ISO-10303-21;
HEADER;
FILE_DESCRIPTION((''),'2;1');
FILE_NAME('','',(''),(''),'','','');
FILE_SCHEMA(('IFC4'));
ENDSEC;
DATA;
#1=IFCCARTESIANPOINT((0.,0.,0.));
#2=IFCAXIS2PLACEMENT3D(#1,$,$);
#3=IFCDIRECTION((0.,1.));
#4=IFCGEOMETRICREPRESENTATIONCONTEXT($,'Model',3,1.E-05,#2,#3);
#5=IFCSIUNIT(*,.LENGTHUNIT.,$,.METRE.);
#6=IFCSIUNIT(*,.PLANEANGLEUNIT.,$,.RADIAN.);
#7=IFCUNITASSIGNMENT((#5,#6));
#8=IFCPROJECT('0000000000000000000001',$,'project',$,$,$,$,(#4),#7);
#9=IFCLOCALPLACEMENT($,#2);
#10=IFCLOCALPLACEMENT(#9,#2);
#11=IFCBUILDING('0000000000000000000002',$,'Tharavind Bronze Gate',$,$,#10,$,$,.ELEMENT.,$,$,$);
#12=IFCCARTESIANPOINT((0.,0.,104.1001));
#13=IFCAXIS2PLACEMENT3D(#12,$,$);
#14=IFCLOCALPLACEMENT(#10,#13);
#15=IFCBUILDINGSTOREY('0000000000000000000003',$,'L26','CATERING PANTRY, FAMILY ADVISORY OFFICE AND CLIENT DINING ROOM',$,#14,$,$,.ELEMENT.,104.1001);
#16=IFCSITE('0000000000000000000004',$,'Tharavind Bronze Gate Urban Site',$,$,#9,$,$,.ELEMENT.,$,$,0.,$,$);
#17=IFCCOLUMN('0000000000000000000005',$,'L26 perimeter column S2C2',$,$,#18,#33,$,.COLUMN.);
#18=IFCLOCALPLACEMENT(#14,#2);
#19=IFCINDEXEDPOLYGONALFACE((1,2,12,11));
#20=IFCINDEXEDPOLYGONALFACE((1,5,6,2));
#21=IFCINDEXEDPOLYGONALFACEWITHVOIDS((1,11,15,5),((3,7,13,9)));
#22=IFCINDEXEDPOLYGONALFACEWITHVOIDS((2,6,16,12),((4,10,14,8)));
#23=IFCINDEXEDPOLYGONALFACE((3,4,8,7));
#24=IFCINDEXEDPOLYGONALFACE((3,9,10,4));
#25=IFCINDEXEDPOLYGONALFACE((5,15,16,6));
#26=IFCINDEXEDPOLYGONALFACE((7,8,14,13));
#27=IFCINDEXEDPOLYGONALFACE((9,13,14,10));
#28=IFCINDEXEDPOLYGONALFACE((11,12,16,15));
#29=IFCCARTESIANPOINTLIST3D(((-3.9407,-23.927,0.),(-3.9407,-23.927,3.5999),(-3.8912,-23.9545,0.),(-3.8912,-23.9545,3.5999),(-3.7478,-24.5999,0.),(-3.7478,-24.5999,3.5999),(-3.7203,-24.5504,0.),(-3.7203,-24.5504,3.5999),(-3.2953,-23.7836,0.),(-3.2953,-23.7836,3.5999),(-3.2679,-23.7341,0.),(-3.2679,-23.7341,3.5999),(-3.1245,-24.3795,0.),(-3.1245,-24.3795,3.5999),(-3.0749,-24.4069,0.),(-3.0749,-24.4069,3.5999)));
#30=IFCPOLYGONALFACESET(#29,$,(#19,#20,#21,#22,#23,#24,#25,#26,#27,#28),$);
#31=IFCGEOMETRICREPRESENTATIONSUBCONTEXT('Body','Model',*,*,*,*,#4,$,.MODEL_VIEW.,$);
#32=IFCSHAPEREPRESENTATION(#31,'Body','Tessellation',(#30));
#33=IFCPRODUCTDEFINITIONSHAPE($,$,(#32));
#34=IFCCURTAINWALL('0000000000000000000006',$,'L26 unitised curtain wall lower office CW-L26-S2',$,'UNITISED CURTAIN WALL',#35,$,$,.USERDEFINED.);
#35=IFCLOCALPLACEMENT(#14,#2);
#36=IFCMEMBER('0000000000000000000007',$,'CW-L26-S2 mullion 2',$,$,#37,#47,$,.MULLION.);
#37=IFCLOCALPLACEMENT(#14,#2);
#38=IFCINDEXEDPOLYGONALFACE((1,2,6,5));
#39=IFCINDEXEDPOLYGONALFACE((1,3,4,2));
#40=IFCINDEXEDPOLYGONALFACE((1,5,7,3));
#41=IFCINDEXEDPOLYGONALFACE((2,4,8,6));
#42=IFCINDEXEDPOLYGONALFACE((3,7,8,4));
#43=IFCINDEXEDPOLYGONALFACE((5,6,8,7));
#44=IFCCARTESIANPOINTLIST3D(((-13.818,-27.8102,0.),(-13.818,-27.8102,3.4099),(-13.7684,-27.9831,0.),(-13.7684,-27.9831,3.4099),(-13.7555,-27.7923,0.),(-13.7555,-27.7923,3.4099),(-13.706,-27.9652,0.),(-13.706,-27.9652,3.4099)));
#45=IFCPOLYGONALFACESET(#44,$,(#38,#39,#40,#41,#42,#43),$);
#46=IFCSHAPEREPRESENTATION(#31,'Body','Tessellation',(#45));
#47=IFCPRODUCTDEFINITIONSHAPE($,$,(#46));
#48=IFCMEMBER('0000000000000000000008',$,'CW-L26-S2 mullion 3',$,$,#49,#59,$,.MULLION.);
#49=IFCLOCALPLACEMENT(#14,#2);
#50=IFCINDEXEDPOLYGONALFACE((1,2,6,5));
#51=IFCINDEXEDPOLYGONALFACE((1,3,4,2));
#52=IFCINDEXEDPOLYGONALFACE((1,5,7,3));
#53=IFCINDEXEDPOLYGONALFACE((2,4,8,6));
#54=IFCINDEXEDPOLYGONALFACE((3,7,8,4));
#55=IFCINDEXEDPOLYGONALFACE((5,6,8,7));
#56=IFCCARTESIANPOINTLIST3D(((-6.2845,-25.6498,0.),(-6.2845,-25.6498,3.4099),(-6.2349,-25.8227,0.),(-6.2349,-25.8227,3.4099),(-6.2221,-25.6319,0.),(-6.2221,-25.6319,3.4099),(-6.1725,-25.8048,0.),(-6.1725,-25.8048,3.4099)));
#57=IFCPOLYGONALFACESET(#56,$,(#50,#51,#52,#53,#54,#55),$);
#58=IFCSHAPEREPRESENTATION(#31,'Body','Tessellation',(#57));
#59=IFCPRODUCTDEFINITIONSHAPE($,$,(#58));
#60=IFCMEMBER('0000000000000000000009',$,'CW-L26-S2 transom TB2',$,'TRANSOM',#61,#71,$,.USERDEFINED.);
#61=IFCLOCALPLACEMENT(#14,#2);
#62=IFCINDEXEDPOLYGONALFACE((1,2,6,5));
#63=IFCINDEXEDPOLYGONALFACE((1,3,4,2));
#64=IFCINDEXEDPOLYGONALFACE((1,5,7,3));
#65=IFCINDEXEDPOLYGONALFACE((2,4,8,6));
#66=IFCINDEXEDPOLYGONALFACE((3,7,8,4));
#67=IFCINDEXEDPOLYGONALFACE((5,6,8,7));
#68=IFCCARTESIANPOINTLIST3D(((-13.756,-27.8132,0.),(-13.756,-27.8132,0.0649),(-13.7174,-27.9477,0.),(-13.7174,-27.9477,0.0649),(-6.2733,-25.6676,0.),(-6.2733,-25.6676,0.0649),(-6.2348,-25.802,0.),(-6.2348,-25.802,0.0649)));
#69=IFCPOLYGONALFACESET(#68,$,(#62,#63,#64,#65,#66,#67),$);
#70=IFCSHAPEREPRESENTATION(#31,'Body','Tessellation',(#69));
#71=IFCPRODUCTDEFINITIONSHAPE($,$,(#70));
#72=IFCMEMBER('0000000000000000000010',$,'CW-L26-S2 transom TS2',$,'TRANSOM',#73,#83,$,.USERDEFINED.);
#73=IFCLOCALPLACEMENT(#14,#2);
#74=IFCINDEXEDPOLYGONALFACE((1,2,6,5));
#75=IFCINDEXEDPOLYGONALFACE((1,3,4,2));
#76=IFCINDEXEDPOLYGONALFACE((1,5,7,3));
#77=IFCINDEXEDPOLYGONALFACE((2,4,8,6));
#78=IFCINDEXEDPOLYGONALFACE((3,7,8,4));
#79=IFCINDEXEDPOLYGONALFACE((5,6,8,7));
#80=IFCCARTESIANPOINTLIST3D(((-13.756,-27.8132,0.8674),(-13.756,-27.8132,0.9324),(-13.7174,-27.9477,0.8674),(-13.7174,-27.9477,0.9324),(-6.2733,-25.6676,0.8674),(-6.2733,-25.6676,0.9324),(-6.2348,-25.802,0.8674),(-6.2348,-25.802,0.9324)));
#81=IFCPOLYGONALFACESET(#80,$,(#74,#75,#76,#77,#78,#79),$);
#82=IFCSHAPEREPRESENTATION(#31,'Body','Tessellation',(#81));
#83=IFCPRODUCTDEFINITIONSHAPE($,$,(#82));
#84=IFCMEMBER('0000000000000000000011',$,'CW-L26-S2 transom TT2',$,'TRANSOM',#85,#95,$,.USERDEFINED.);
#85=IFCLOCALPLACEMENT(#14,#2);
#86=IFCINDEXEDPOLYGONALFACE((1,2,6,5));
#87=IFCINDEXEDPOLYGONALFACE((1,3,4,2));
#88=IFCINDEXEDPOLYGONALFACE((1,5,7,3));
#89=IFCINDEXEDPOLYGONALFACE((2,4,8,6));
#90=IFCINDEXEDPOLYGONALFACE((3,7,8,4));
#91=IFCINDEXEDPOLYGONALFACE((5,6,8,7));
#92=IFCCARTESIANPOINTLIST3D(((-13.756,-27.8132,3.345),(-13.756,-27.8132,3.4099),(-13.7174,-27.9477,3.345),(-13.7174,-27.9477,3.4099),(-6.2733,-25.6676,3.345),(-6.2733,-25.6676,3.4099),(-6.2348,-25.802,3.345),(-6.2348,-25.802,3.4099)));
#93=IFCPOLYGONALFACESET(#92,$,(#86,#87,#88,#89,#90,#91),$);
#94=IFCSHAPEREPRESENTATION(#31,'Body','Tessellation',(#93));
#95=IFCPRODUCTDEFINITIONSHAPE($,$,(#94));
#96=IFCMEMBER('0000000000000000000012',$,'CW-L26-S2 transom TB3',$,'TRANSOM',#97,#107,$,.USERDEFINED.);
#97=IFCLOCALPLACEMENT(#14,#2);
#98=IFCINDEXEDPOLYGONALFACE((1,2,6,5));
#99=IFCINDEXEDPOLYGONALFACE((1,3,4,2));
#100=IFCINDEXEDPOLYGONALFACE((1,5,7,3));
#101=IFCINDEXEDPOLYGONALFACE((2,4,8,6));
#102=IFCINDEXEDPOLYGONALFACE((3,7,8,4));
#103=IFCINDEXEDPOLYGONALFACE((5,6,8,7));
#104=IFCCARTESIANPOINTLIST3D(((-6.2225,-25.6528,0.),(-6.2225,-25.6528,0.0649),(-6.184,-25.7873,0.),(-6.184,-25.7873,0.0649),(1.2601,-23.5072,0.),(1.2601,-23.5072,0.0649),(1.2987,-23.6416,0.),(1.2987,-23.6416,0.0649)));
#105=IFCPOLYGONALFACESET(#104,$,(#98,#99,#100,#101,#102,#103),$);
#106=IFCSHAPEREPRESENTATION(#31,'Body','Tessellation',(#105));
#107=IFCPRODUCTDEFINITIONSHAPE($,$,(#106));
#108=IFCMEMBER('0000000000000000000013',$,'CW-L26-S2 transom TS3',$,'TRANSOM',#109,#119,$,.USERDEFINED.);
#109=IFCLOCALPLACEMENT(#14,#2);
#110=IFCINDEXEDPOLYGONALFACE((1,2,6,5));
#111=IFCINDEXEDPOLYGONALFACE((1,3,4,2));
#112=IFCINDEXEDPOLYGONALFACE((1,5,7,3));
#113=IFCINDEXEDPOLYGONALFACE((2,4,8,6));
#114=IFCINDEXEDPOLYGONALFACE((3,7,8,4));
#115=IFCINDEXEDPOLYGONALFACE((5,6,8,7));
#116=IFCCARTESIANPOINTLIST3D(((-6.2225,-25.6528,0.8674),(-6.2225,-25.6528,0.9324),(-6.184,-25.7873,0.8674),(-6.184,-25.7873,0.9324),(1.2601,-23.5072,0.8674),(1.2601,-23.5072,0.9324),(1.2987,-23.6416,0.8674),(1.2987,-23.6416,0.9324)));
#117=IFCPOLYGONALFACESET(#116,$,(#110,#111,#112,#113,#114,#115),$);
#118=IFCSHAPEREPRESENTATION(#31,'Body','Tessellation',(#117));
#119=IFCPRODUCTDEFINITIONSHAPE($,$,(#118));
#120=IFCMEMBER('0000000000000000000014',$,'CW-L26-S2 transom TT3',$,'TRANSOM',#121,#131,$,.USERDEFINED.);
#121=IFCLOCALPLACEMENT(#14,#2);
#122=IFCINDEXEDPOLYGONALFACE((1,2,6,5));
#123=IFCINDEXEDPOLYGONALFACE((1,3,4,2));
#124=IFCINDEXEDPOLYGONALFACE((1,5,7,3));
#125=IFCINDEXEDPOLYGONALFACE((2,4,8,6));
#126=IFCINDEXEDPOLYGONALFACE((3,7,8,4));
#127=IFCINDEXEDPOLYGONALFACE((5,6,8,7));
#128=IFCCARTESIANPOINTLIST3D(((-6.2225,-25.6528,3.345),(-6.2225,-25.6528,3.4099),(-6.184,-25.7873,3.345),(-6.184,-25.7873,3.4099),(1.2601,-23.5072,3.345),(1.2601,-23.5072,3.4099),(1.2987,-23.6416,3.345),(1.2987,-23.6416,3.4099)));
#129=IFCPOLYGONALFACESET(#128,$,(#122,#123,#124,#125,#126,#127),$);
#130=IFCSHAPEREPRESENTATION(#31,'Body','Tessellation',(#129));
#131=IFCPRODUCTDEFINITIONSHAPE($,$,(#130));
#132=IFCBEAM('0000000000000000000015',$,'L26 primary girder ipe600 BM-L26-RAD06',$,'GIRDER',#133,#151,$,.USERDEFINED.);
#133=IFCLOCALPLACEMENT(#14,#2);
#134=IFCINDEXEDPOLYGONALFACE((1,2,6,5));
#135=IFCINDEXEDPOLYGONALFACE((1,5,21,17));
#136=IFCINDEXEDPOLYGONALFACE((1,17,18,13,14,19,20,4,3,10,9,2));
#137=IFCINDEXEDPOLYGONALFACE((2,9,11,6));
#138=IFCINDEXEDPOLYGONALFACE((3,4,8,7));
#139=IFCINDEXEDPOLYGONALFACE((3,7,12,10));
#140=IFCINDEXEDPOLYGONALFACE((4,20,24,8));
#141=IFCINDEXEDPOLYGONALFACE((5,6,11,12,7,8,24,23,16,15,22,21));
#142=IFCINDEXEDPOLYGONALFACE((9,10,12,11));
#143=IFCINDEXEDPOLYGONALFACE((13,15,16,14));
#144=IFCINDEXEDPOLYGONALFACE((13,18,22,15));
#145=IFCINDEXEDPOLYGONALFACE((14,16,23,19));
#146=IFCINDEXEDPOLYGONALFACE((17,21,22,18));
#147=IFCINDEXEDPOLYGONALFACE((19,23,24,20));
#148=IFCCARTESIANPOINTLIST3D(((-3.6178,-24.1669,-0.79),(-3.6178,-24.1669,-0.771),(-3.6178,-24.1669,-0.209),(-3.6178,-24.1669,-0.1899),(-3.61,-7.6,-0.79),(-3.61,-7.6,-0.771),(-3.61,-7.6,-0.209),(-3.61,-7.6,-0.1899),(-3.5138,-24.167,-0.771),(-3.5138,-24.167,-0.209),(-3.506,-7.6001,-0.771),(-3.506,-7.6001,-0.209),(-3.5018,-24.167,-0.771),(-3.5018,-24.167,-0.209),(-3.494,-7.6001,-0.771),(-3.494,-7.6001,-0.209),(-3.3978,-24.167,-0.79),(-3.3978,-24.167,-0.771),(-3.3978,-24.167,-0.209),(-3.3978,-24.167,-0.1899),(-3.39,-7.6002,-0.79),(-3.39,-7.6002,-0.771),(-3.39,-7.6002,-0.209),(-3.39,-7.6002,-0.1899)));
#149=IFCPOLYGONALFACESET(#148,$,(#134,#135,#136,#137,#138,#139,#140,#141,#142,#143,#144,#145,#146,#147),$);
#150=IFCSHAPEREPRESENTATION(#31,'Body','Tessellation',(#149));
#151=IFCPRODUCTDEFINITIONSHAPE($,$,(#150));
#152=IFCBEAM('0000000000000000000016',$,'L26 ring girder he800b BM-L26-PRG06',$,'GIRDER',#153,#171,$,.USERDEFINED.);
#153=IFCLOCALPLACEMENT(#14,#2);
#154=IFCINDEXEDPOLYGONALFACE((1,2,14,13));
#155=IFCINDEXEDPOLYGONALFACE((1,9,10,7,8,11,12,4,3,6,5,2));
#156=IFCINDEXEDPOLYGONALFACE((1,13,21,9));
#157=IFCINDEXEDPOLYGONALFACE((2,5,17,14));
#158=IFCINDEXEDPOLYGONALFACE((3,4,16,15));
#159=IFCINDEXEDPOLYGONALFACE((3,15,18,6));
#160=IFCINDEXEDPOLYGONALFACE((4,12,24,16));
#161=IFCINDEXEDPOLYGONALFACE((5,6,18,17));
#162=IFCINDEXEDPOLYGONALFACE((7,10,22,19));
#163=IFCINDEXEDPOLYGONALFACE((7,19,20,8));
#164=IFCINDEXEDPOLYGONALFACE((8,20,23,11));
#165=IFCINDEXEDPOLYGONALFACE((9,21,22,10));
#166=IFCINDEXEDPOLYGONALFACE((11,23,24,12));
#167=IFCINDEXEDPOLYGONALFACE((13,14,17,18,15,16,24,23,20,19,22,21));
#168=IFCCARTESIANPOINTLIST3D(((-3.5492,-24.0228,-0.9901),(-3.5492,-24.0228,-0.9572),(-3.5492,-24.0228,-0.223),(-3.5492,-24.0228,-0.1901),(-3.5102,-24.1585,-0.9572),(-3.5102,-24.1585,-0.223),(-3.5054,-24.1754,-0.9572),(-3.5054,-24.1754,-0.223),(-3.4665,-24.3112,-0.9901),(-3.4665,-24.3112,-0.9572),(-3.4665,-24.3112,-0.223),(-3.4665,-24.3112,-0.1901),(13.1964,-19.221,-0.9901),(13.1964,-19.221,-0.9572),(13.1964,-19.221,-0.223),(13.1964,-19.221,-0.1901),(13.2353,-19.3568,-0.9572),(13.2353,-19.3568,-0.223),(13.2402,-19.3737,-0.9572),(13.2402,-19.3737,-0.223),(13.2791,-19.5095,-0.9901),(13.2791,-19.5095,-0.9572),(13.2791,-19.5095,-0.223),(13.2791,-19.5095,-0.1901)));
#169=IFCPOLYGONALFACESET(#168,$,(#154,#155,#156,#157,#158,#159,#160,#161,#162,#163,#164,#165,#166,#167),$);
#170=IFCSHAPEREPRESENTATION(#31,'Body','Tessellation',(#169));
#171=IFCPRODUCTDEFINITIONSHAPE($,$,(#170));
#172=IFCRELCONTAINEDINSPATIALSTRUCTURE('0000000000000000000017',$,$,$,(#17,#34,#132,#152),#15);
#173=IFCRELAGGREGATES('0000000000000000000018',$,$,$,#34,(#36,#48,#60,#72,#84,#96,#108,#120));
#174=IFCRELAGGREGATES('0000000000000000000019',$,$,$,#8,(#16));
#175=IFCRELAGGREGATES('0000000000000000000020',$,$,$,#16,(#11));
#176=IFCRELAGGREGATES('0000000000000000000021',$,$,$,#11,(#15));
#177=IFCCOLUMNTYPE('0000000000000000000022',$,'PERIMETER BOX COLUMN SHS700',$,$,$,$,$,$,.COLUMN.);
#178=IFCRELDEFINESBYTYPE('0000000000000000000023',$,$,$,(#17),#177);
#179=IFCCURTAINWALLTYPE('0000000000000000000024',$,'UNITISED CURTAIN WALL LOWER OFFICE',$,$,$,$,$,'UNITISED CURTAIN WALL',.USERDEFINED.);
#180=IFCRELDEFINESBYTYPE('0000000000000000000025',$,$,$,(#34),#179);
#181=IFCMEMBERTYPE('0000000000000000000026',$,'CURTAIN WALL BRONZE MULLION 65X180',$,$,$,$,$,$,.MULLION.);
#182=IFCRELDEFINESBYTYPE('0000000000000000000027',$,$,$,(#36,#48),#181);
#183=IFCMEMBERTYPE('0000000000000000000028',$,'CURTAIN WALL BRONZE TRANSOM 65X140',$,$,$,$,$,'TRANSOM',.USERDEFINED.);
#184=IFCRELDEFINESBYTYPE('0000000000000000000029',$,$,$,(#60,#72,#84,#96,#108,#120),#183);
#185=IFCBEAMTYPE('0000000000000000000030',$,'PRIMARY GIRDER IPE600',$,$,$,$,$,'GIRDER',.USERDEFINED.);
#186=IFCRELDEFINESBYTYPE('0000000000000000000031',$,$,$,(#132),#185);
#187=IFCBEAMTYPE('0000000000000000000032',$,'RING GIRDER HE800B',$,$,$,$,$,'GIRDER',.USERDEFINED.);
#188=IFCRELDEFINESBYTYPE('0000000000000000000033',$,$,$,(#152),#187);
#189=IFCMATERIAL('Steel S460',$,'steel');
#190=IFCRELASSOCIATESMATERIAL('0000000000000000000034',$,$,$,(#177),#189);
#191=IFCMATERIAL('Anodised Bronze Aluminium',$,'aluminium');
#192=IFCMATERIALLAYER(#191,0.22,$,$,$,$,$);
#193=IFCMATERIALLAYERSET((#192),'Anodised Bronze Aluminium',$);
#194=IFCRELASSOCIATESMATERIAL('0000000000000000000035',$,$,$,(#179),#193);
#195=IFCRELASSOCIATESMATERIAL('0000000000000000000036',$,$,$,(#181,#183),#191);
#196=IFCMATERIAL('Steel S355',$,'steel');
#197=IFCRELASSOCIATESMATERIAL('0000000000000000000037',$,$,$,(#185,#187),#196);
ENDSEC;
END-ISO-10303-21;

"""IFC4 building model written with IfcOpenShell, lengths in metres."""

from ifc_helpers import new_model, si_unit, direction, frame, origin, origin_2d, place, context, subcontext, project, spatial, rectangle, hollow_rectangle, i_section, extrude, material, layer, layer_set, material_profile, profile_set, type_object, element, aggregate, save


model = new_model("IFC4")

# Units and contexts
model_context = context("Model", 3, precision=1e-05, world=origin(), true_north=direction((0.0, 1.0)))
body_context = subcontext(model_context, "Body", "Model", "MODEL_VIEW")
ifc_project = project(units=[si_unit("LENGTHUNIT", "METRE"), si_unit("PLANEANGLEUNIT", "RADIAN")], contexts=[model_context])

# Site, building, storey
site_placement = place(None, origin())
site = spatial("IfcSite", under=ifc_project, at=site_placement, Name="Tharavind Bronze Gate Urban Site", CompositionType="ELEMENT", RefElevation=0.0)
building_placement = place(site_placement, origin())
building = spatial("IfcBuilding", under=site, at=building_placement, Name="Tharavind Bronze Gate", CompositionType="ELEMENT")
storey_placement = place(building_placement, frame((0.0, 0.0, 104.1001)))
storey = spatial("IfcBuildingStorey", under=building, at=storey_placement, Name="L26", Description="CATERING PANTRY, FAMILY ADVISORY OFFICE AND CLIENT DINING ROOM", CompositionType="ELEMENT", Elevation=104.1001)

# Column
ifc_material_1 = material(Name="Steel S460", Category="steel")
ifc_material_profile_1 = material_profile(ifc_material_1, hollow_rectangle(XDim=0.7, YDim=0.7, WallThickness=0.04, at=origin_2d()), Name="SHS700X40")
ifc_profile_set_1 = profile_set([ifc_material_profile_1], Name="Steel S460")
column_type = type_object("IfcColumnType", Name="PERIMETER BOX COLUMN SHS700", PredefinedType="COLUMN", material=ifc_profile_set_1)
column_placement = place(storey_placement, frame((-3.5078, -24.167, 0.0), z_axis=(0.0, 0.0, 1.0), x_axis=(0.961262, 0.275637, 0.0)))
element("IfcColumn", 1, at=column_placement, inside=storey, type_object=column_type, Name="L26 perimeter column S2C2", PredefinedType="COLUMN", context=body_context, shape_type="SweptSolid", body=[
    extrude(hollow_rectangle(XDim=0.7, YDim=0.7, WallThickness=0.04, at=origin_2d()), origin(), (0.0, 0.0, 1.0), 3.5999),
])

# Curtain wall, members
ifc_material_2 = material(Name="Anodised Bronze Aluminium", Category="aluminium")
ifc_layer_1 = layer(ifc_material_2, 0.22)
ifc_layer_set_1 = layer_set([ifc_layer_1], Name="Anodised Bronze Aluminium")
curtain_wall_type = type_object("IfcCurtainWallType", Name="UNITISED CURTAIN WALL LOWER OFFICE", ElementType="UNITISED CURTAIN WALL", PredefinedType="USERDEFINED", material=ifc_layer_set_1)
curtain_wall_placement = place(storey_placement, origin())
curtain_wall = element("IfcCurtainWall", 2, at=curtain_wall_placement, inside=storey, type_object=curtain_wall_type, Name="L26 unitised curtain wall lower office CW-L26-S2", ObjectType="UNITISED CURTAIN WALL", PredefinedType="USERDEFINED")
member_type_1 = type_object("IfcMemberType", Name="CURTAIN WALL BRONZE MULLION 65X180", PredefinedType="MULLION", material=ifc_material_2)
member_1_placement = place(storey_placement, frame((-13.762, -27.8877, 0.0), z_axis=(0.0, 0.0, 1.0), x_axis=(0.961262, 0.275637, 0.0)))
member_1 = element("IfcMember", 3, at=member_1_placement, type_object=member_type_1, Name="CW-L26-S2 mullion 2", PredefinedType="MULLION", context=body_context, shape_type="SweptSolid", body=[
    extrude(rectangle(XDim=0.0649, YDim=0.1799, at=origin_2d()), origin(), (0.0, 0.0, 1.0), 3.4099),
])
member_2_placement = place(storey_placement, frame((-6.2285, -25.7273, 0.0), z_axis=(0.0, 0.0, 1.0), x_axis=(0.961262, 0.275637, 0.0)))
member_2 = element("IfcMember", 4, at=member_2_placement, type_object=member_type_1, Name="CW-L26-S2 mullion 3", PredefinedType="MULLION", context=body_context, shape_type="SweptSolid", body=[
    extrude(rectangle(XDim=0.0649, YDim=0.1799, at=origin_2d()), origin(), (0.0, 0.0, 1.0), 3.4099),
])
member_type_2 = type_object("IfcMemberType", Name="CURTAIN WALL BRONZE TRANSOM 65X140", ElementType="TRANSOM", PredefinedType="USERDEFINED", material=ifc_material_2)
member_3_placement = place(storey_placement, frame((-9.9954, -26.8076, 0.0), z_axis=(0.0, 0.0, 1.0), x_axis=(0.961262, 0.275637, 0.0)))
member_3 = element("IfcMember", 5, at=member_3_placement, type_object=member_type_2, Name="CW-L26-S2 transom TB2", ObjectType="TRANSOM", PredefinedType="USERDEFINED", context=body_context, shape_type="SweptSolid", body=[
    extrude(rectangle(XDim=7.7842, YDim=0.1399, at=origin_2d()), origin(), (0.0, 0.0, 1.0), 0.0649),
])
member_4_placement = place(storey_placement, frame((-9.9954, -26.8076, 0.8674), z_axis=(0.0, 0.0, 1.0), x_axis=(0.961262, 0.275637, 0.0)))
member_4 = element("IfcMember", 6, at=member_4_placement, type_object=member_type_2, Name="CW-L26-S2 transom TS2", ObjectType="TRANSOM", PredefinedType="USERDEFINED", context=body_context, shape_type="SweptSolid", body=[
    extrude(rectangle(XDim=7.7842, YDim=0.1399, at=origin_2d()), origin(), (0.0, 0.0, 1.0), 0.0649),
])
member_5_placement = place(storey_placement, frame((-9.9954, -26.8076, 3.345), z_axis=(0.0, 0.0, 1.0), x_axis=(0.961262, 0.275637, 0.0)))
member_5 = element("IfcMember", 7, at=member_5_placement, type_object=member_type_2, Name="CW-L26-S2 transom TT2", ObjectType="TRANSOM", PredefinedType="USERDEFINED", context=body_context, shape_type="SweptSolid", body=[
    extrude(rectangle(XDim=7.7842, YDim=0.1399, at=origin_2d()), origin(), (0.0, 0.0, 1.0), 0.0649),
])
member_6_placement = place(storey_placement, frame((-2.4619, -24.6472, 0.0), z_axis=(0.0, 0.0, 1.0), x_axis=(0.961262, 0.275637, 0.0)))
member_6 = element("IfcMember", 8, at=member_6_placement, type_object=member_type_2, Name="CW-L26-S2 transom TB3", ObjectType="TRANSOM", PredefinedType="USERDEFINED", context=body_context, shape_type="SweptSolid", body=[
    extrude(rectangle(XDim=7.7842, YDim=0.1399, at=origin_2d()), origin(), (0.0, 0.0, 1.0), 0.0649),
])
member_7_placement = place(storey_placement, frame((-2.4619, -24.6472, 0.8674), z_axis=(0.0, 0.0, 1.0), x_axis=(0.961262, 0.275637, 0.0)))
member_7 = element("IfcMember", 9, at=member_7_placement, type_object=member_type_2, Name="CW-L26-S2 transom TS3", ObjectType="TRANSOM", PredefinedType="USERDEFINED", context=body_context, shape_type="SweptSolid", body=[
    extrude(rectangle(XDim=7.7842, YDim=0.1399, at=origin_2d()), origin(), (0.0, 0.0, 1.0), 0.0649),
])
member_8_placement = place(storey_placement, frame((-2.4619, -24.6472, 3.345), z_axis=(0.0, 0.0, 1.0), x_axis=(0.961262, 0.275637, 0.0)))
member_8 = element("IfcMember", 10, at=member_8_placement, type_object=member_type_2, Name="CW-L26-S2 transom TT3", ObjectType="TRANSOM", PredefinedType="USERDEFINED", context=body_context, shape_type="SweptSolid", body=[
    extrude(rectangle(XDim=7.7842, YDim=0.1399, at=origin_2d()), origin(), (0.0, 0.0, 1.0), 0.0649),
])

# Beams
ifc_material_3 = material(Name="Steel S355", Category="steel")
ifc_material_profile_2 = material_profile(ifc_material_3, i_section(OverallWidth=0.22, OverallDepth=0.6001, WebThickness=0.012, FlangeThickness=0.019, at=origin_2d()), Name="IPE600")
ifc_profile_set_2 = profile_set([ifc_material_profile_2], Name="Steel S355")
beam_type_1 = type_object("IfcBeamType", Name="PRIMARY GIRDER IPE600", ElementType="GIRDER", PredefinedType="USERDEFINED", material=ifc_profile_set_2)
beam_1_placement = place(storey_placement, frame((-3.5078, -24.167, -0.49), z_axis=(0.000472, 1.0, 0.0), x_axis=(-1.0, 0.000472, 0.0)))
element("IfcBeam", 11, at=beam_1_placement, inside=storey, type_object=beam_type_1, Name="L26 primary girder ipe600 BM-L26-RAD06", ObjectType="GIRDER", PredefinedType="USERDEFINED", context=body_context, shape_type="SweptSolid", body=[
    extrude(i_section(OverallWidth=0.22, OverallDepth=0.6001, WebThickness=0.012, FlangeThickness=0.019, at=origin_2d()), origin(), (0.0, 0.0, 1.0), 16.5669),
])
ifc_material_profile_3 = material_profile(ifc_material_3, i_section(OverallWidth=0.3, OverallDepth=0.8, WebThickness=0.0176, FlangeThickness=0.033, at=origin_2d()), Name="HE800B")
ifc_profile_set_3 = profile_set([ifc_material_profile_3], Name="Steel S355")
beam_type_2 = type_object("IfcBeamType", Name="RING GIRDER HE800B", ElementType="GIRDER", PredefinedType="USERDEFINED", material=ifc_profile_set_3)
beam_2_placement = place(storey_placement, frame((-3.5078, -24.167, -0.5901), z_axis=(0.961261, 0.275639, 0.0), x_axis=(-0.275639, 0.961261, 0.0)))
element("IfcBeam", 12, at=beam_2_placement, inside=storey, type_object=beam_type_2, Name="L26 ring girder he800b BM-L26-PRG06", ObjectType="GIRDER", PredefinedType="USERDEFINED", context=body_context, shape_type="SweptSolid", body=[
    extrude(i_section(OverallWidth=0.3, OverallDepth=0.8, WebThickness=0.0176, FlangeThickness=0.033, at=origin_2d()), origin(), (0.0, 0.0, 1.0), 17.4204),
])

aggregate(curtain_wall, [member_1, member_2, member_3, member_4, member_5, member_6, member_7, member_8])

save(model, "model.ifc")
